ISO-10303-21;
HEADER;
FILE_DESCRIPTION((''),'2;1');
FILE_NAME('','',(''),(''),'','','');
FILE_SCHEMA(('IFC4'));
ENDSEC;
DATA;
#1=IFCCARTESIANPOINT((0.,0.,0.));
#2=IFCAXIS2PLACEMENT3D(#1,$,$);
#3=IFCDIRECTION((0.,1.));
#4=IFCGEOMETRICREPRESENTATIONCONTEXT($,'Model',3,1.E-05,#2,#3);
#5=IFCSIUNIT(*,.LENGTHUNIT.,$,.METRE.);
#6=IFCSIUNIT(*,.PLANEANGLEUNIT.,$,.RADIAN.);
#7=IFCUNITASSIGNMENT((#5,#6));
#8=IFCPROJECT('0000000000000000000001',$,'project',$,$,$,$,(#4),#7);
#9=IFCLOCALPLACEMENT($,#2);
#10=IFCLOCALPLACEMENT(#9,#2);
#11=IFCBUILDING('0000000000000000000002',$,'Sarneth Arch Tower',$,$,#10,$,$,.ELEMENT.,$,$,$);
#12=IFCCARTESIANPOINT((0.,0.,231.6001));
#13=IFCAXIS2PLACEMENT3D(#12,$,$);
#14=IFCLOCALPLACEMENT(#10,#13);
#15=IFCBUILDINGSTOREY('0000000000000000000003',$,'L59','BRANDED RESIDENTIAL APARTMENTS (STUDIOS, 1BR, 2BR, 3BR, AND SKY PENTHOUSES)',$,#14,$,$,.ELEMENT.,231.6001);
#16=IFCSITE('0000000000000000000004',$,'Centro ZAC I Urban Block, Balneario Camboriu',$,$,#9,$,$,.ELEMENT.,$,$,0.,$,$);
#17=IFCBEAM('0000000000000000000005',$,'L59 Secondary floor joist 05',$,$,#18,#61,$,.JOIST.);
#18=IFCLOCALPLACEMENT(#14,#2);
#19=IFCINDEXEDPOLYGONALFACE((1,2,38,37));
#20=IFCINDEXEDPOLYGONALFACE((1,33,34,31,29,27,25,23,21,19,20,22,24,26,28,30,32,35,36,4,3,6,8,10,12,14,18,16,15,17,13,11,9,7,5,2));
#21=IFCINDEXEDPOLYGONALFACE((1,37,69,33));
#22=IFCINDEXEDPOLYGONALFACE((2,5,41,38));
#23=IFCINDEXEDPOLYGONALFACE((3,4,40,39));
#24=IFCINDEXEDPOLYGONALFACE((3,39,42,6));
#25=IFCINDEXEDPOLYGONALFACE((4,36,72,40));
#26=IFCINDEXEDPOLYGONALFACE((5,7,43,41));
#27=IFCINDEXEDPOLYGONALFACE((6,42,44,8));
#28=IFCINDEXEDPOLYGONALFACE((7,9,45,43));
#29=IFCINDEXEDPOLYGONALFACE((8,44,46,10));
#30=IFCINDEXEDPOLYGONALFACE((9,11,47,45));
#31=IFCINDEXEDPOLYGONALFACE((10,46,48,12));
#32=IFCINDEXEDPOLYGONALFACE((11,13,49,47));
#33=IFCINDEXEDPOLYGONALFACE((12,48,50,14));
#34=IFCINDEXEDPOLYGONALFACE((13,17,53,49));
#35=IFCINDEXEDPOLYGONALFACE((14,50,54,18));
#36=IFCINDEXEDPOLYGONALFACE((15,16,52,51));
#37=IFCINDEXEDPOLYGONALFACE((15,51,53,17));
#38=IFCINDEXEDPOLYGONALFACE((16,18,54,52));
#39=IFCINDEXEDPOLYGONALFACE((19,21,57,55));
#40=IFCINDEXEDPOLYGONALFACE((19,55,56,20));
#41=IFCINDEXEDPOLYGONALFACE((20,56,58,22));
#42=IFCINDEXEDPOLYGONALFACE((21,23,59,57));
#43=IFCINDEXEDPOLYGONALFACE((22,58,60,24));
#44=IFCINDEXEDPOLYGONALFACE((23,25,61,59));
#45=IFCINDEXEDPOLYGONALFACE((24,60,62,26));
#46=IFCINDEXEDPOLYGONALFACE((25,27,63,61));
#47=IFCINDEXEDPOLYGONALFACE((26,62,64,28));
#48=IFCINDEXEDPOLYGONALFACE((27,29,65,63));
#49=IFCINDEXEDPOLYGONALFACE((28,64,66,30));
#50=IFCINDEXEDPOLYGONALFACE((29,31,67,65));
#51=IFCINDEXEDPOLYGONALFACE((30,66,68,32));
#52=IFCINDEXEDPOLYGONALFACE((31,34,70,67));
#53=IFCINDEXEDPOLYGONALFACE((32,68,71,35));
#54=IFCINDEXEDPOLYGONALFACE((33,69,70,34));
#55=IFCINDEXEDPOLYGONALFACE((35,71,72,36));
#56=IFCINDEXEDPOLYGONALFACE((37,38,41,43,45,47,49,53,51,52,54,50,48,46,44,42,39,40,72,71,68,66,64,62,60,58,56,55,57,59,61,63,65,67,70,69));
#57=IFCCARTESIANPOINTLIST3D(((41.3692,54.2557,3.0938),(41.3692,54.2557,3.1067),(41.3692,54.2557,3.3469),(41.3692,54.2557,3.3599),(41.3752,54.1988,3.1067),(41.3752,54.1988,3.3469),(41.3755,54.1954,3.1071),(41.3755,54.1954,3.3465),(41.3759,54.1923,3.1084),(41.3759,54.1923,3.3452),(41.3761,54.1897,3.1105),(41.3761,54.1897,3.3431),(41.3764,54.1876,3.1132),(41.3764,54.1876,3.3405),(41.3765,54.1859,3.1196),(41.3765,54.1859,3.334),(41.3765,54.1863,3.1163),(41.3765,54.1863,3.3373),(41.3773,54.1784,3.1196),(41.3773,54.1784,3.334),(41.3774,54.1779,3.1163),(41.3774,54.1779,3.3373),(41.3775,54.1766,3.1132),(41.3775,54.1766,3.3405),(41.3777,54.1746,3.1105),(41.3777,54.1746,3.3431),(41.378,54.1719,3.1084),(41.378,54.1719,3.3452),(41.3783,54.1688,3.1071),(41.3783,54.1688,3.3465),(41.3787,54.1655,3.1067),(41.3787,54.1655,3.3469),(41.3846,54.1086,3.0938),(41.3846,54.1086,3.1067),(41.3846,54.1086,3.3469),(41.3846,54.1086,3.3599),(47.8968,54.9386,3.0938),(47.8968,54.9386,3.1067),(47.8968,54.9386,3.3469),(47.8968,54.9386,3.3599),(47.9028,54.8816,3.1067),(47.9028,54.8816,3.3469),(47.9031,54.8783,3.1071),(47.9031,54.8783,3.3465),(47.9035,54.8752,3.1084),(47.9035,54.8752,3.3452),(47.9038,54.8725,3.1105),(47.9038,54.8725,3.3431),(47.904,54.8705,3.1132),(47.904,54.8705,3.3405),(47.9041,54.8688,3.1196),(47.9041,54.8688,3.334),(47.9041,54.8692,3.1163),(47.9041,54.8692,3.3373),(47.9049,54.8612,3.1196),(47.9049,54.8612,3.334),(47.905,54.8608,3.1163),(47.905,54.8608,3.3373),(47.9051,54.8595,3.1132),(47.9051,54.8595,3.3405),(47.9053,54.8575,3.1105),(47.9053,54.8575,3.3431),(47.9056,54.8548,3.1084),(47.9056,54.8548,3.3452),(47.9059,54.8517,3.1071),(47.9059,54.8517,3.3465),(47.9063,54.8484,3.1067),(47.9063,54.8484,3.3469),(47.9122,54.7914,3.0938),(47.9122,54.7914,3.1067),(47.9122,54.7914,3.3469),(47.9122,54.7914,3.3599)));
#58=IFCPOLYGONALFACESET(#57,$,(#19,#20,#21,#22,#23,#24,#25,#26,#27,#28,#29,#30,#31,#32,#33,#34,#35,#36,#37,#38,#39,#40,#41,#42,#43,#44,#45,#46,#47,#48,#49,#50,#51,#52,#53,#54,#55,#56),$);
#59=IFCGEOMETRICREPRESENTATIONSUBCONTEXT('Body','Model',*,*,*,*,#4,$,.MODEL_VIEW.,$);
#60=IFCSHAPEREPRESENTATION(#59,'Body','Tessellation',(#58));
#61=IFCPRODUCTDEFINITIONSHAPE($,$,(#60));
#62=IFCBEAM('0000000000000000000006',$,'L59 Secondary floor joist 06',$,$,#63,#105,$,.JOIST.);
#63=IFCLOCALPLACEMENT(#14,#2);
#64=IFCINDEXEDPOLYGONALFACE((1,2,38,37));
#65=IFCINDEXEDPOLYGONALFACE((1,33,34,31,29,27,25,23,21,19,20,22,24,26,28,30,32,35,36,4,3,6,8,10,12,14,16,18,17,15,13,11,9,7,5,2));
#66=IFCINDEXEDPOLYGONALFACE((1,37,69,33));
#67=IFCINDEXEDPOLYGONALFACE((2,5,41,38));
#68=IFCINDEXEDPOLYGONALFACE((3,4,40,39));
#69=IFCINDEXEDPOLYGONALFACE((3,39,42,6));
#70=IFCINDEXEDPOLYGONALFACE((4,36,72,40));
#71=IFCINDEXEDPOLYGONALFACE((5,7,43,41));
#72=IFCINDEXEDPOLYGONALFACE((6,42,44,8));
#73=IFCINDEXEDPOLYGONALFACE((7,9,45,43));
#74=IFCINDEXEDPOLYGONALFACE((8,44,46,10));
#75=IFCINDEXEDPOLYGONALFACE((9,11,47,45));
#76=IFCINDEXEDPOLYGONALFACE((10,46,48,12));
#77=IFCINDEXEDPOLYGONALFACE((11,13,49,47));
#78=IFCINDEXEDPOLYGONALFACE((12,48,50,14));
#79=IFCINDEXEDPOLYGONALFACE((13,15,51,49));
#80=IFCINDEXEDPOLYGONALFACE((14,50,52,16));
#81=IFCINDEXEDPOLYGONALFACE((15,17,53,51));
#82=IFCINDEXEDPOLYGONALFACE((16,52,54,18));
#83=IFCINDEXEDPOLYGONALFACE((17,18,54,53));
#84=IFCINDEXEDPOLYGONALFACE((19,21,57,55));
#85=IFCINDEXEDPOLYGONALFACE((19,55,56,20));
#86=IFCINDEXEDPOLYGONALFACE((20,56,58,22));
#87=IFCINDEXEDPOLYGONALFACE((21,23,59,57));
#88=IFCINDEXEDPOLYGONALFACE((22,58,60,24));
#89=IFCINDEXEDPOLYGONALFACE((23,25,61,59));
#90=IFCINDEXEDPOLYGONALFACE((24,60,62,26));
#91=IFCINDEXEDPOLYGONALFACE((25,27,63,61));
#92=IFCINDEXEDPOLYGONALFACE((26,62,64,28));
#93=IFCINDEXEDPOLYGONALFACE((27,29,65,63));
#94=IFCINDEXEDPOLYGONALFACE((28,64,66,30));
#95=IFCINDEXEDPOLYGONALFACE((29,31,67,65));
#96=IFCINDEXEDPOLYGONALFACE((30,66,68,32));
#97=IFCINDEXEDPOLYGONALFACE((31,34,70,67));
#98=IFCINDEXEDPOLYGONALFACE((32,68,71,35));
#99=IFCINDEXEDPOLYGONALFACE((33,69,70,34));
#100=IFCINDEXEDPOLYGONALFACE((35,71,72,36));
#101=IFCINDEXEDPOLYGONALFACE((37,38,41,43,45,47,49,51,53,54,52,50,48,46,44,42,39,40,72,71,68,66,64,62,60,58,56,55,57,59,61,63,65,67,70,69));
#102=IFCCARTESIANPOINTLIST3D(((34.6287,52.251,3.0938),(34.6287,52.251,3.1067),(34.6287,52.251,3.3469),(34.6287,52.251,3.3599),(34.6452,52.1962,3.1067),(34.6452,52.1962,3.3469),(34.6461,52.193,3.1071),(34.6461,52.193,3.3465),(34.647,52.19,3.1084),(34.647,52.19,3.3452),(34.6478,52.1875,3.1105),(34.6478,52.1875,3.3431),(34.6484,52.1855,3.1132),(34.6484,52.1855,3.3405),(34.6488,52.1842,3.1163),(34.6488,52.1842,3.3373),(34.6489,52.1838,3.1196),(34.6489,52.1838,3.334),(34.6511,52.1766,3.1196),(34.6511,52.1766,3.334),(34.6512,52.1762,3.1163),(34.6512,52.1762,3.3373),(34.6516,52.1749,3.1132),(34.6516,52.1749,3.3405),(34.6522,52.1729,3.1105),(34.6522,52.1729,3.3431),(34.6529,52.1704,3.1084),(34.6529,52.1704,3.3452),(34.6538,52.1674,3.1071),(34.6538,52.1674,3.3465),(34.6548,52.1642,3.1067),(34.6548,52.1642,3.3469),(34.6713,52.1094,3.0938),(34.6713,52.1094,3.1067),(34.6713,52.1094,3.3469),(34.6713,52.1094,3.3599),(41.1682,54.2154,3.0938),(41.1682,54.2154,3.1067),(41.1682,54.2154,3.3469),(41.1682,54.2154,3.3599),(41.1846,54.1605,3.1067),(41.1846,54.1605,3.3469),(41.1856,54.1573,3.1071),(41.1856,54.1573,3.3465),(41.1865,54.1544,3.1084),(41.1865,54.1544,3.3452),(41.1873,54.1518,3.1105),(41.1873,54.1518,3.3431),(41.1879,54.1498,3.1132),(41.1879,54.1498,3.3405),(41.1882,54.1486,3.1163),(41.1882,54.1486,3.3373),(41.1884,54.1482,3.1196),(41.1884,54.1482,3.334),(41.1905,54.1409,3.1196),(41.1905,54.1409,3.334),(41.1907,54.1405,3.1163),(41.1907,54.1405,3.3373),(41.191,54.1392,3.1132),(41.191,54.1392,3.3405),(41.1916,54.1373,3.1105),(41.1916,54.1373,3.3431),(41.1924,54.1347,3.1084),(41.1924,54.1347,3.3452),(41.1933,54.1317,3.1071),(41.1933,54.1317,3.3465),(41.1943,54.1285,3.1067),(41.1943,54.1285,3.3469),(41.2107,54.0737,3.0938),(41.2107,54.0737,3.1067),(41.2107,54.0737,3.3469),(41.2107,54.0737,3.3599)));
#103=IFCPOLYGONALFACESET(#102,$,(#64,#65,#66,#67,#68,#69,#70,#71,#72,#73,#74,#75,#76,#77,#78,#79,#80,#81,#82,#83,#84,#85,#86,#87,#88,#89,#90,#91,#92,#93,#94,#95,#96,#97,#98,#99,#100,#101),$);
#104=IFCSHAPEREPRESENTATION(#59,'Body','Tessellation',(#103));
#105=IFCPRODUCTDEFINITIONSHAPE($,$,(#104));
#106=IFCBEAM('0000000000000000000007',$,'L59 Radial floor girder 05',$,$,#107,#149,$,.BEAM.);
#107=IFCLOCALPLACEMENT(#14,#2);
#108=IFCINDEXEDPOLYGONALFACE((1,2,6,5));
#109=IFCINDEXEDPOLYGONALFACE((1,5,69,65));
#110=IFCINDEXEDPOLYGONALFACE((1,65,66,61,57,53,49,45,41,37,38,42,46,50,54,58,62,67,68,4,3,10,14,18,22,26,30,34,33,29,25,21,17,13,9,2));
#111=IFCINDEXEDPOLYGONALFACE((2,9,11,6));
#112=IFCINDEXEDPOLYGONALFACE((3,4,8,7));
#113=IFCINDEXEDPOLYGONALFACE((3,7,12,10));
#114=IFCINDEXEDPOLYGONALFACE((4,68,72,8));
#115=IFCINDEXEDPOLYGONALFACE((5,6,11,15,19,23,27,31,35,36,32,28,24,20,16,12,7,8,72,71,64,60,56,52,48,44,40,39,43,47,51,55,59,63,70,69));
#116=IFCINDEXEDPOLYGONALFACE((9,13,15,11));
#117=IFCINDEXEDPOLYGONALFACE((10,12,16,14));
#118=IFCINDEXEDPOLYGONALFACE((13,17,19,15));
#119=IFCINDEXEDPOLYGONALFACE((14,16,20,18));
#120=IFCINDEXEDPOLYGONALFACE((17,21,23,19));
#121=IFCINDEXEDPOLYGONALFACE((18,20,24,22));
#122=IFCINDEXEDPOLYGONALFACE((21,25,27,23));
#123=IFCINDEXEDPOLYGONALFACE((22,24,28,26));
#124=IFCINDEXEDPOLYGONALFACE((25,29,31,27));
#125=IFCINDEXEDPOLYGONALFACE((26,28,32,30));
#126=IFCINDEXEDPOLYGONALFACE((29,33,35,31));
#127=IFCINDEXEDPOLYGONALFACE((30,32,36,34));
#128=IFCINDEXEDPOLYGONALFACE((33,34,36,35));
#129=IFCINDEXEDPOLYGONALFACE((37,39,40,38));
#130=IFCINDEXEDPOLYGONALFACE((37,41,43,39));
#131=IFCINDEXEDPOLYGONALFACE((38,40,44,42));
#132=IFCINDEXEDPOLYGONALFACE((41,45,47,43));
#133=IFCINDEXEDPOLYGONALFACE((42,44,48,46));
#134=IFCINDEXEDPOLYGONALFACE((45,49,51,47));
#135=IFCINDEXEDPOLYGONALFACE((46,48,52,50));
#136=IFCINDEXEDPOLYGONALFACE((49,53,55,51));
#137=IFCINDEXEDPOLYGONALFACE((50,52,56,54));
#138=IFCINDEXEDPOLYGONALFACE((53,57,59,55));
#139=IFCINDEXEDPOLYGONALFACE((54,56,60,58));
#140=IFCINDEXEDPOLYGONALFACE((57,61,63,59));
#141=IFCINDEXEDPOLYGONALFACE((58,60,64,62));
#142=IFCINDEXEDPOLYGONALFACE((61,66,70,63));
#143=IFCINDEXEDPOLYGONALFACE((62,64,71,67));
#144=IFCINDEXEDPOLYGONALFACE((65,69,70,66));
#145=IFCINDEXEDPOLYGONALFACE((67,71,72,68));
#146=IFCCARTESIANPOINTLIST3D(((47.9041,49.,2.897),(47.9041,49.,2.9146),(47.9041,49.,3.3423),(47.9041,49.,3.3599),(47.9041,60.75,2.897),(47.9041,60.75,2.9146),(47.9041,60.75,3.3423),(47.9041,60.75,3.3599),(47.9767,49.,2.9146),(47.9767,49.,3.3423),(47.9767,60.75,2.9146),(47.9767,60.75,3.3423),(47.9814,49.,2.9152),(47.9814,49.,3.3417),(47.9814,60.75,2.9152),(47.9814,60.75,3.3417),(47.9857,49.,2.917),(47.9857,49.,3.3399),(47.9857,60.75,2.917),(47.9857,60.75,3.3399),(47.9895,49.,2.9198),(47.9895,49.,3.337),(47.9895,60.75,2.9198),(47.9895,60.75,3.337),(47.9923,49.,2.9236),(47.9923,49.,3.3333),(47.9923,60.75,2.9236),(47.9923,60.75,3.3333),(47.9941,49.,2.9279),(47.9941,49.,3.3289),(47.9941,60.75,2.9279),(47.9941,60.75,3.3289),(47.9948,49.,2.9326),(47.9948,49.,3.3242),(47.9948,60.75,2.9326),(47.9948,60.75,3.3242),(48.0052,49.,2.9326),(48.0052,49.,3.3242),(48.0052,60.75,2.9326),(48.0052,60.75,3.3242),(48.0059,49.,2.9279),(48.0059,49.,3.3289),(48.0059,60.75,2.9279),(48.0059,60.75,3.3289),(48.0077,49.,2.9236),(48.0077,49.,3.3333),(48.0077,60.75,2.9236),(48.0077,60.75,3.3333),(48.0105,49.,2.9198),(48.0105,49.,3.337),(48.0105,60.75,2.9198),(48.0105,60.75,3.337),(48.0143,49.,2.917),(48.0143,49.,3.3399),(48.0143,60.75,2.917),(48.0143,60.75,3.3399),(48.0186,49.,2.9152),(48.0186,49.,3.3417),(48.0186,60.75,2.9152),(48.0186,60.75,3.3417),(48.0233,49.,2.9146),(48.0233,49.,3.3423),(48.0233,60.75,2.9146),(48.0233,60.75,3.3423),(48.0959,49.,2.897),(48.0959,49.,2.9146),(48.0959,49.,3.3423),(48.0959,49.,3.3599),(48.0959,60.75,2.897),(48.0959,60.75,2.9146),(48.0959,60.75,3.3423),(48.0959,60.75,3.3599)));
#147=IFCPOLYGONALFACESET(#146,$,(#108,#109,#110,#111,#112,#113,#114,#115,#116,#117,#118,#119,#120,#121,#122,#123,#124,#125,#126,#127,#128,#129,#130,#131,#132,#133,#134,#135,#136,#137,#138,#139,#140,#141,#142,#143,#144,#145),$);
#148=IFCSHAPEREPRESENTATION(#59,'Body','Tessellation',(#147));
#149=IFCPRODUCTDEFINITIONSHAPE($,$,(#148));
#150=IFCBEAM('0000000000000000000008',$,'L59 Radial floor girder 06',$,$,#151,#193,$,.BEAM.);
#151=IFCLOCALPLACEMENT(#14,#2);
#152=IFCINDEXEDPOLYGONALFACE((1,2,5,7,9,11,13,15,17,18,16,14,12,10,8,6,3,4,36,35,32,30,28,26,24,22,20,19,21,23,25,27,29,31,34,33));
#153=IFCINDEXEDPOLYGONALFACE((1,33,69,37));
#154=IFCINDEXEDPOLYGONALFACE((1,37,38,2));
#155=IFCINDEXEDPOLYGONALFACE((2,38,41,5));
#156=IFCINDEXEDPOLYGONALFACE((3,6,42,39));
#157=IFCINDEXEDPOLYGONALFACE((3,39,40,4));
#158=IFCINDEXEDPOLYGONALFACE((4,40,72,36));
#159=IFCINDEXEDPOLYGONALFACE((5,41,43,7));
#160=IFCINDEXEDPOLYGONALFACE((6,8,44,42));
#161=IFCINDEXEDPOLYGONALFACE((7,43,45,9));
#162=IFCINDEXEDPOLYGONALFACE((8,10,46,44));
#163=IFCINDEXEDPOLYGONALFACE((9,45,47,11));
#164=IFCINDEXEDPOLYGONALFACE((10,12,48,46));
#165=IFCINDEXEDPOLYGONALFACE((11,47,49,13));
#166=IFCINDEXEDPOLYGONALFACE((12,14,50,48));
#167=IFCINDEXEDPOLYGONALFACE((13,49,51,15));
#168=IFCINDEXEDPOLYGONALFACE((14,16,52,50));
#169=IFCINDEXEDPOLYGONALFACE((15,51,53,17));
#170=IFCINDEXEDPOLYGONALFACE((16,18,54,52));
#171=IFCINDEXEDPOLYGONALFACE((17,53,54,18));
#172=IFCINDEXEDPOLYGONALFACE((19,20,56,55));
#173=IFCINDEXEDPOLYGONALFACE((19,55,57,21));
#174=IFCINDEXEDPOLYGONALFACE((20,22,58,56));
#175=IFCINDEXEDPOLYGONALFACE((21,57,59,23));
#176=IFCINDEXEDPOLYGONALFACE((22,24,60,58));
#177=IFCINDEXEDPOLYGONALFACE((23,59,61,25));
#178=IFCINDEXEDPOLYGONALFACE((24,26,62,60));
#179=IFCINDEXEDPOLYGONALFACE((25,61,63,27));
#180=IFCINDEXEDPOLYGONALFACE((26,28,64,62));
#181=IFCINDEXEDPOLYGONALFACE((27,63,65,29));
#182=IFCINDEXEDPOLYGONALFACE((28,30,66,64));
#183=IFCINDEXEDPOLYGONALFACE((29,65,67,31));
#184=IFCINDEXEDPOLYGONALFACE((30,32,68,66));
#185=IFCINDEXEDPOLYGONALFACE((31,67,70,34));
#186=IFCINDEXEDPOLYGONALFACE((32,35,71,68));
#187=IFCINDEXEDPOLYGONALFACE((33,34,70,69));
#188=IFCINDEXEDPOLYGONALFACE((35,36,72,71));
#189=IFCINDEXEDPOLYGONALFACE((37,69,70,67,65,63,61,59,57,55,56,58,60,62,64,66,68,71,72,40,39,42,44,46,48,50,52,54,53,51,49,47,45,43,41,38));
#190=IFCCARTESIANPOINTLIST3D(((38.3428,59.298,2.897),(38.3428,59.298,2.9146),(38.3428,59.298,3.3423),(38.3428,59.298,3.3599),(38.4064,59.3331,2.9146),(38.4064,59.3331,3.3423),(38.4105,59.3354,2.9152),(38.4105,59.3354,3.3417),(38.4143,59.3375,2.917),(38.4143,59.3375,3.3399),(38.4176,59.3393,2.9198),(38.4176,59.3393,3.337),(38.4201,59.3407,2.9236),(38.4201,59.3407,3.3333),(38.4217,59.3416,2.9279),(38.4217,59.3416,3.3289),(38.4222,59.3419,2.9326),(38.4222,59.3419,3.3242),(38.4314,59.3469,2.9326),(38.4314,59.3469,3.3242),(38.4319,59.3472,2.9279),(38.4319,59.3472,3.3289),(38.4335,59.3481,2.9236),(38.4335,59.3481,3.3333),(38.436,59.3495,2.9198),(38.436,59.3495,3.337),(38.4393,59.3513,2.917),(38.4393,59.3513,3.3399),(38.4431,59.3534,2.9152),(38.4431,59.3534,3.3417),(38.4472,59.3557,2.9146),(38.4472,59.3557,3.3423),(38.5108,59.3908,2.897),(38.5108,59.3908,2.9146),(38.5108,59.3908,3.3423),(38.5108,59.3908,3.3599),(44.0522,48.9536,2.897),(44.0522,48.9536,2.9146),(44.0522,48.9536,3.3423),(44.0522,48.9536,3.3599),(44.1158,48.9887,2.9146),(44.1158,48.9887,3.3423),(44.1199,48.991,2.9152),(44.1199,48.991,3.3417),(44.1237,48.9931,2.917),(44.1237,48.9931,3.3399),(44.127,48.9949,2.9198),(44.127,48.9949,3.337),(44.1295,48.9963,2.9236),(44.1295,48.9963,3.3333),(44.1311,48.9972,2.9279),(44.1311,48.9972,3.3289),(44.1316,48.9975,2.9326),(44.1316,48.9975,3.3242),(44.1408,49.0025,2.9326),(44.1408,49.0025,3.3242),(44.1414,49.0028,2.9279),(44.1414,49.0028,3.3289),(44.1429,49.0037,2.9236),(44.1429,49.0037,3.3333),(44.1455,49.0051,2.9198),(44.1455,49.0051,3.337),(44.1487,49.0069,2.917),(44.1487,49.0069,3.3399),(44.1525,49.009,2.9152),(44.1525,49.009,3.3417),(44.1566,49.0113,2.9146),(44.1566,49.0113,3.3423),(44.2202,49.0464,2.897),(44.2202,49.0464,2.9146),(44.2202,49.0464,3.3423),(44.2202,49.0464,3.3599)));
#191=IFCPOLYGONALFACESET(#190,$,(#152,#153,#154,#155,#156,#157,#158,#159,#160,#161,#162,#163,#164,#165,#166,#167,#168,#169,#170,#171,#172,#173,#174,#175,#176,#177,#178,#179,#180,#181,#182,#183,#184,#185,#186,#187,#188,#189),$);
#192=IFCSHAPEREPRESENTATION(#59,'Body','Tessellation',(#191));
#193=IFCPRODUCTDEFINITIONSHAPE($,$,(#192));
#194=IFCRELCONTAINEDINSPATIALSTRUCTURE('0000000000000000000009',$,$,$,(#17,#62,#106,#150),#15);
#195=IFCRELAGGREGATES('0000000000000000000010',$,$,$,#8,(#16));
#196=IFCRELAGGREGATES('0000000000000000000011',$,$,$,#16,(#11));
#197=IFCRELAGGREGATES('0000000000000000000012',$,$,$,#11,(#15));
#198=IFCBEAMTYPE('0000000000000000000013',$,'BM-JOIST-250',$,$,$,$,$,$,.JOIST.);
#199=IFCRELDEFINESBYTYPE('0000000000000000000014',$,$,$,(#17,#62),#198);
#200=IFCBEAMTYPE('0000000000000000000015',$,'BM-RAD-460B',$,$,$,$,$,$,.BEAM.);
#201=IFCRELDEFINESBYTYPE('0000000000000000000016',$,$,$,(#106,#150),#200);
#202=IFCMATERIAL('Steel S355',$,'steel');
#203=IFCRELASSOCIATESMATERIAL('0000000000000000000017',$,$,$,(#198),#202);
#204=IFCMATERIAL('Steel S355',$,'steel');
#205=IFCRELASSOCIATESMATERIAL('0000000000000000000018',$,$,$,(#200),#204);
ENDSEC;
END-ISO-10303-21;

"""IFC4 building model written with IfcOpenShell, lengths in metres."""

from ifc_helpers import new_model, si_unit, direction, frame, origin, origin_2d, place, context, subcontext, project, spatial, i_section, extrude, material, material_profile, profile_set, type_object, element, save


model = new_model("IFC4")

# Units and contexts
model_context = context("Model", 3, precision=1e-05, world=origin(), true_north=direction((0.0, 1.0)))
body_context = subcontext(model_context, "Body", "Model", "MODEL_VIEW")
ifc_project = project(units=[si_unit("LENGTHUNIT", "METRE"), si_unit("PLANEANGLEUNIT", "RADIAN")], contexts=[model_context])

# Site, building, storey
site_placement = place(None, origin())
site = spatial("IfcSite", under=ifc_project, at=site_placement, Name="Centro ZAC I Urban Block, Balneario Camboriu", CompositionType="ELEMENT", RefElevation=0.0)
building_placement = place(site_placement, origin())
building = spatial("IfcBuilding", under=site, at=building_placement, Name="Sarneth Arch Tower", CompositionType="ELEMENT")
storey_placement = place(building_placement, frame((0.0, 0.0, 231.6001)))
storey = spatial("IfcBuildingStorey", under=building, at=storey_placement, Name="L59", Description="BRANDED RESIDENTIAL APARTMENTS (STUDIOS, 1BR, 2BR, 3BR, AND SKY PENTHOUSES)", CompositionType="ELEMENT", Elevation=231.6001)

# Beams
ifc_material_1 = material(Name="Steel S355", Category="steel")
ifc_material_profile_1 = material_profile(ifc_material_1, i_section(OverallWidth=0.1479, OverallDepth=0.2661, WebThickness=0.0076, FlangeThickness=0.0129, FilletRadius=0.0129, at=origin_2d()), Name="W250x44.8")
ifc_profile_set_1 = profile_set([ifc_material_profile_1], Name="Steel S355")
beam_type_1 = type_object("IfcBeamType", Name="BM-JOIST-250", PredefinedType="JOIST", material=ifc_profile_set_1)
beam_1_placement = place(storey_placement, frame((47.9045, 54.865, 3.2268), z_axis=(-0.994573, -0.104044, 0.0), x_axis=(0.104044, -0.994573, 0.0)))
element("IfcBeam", 1, at=beam_1_placement, inside=storey, type_object=beam_type_1, Name="L59 Secondary floor joist 05", PredefinedType="JOIST", context=body_context, shape_type="SweptSolid", body=[
    extrude(i_section(OverallWidth=0.1479, OverallDepth=0.2661, WebThickness=0.0076, FlangeThickness=0.0129, FilletRadius=0.0129, at=origin_2d()), origin(), (0.0, 0.0, 1.0), 6.5632),
])
beam_2_placement = place(storey_placement, frame((41.1895, 54.1445, 3.2268), z_axis=(-0.957726, -0.287682, 0.0), x_axis=(0.287682, -0.957726, 0.0)))
element("IfcBeam", 2, at=beam_2_placement, inside=storey, type_object=beam_type_1, Name="L59 Secondary floor joist 06", PredefinedType="JOIST", context=body_context, shape_type="SweptSolid", body=[
    extrude(i_section(OverallWidth=0.1479, OverallDepth=0.2661, WebThickness=0.0076, FlangeThickness=0.0129, FilletRadius=0.0129, at=origin_2d()), origin(), (0.0, 0.0, 1.0), 6.8281),
])
ifc_material_2 = material(Name="Steel S355", Category="steel")
ifc_material_profile_2 = material_profile(ifc_material_2, i_section(OverallWidth=0.1919, OverallDepth=0.4629, WebThickness=0.0105, FlangeThickness=0.0176, FilletRadius=0.0181, at=origin_2d()), Name="W460x89")
ifc_profile_set_2 = profile_set([ifc_material_profile_2], Name="Steel S355")
beam_type_2 = type_object("IfcBeamType", Name="BM-RAD-460B", PredefinedType="BEAM", material=ifc_profile_set_2)
beam_3_placement = place(storey_placement, frame((48.0, 49.0, 3.1284), z_axis=(0.0, 1.0, 0.0), x_axis=(-1.0, 0.0, 0.0)))
element("IfcBeam", 3, at=beam_3_placement, inside=storey, type_object=beam_type_2, Name="L59 Radial floor girder 05", PredefinedType="BEAM", context=body_context, shape_type="SweptSolid", body=[
    extrude(i_section(OverallWidth=0.1919, OverallDepth=0.4629, WebThickness=0.0105, FlangeThickness=0.0176, FilletRadius=0.0181, at=origin_2d()), origin(), (0.0, 0.0, 1.0), 11.75),
])
beam_4_placement = place(storey_placement, frame((44.1362, 49.0, 3.1284), z_axis=(-0.483218, 0.8755, 0.0), x_axis=(-0.8755, -0.483218, 0.0)))
element("IfcBeam", 4, at=beam_4_placement, inside=storey, type_object=beam_type_2, Name="L59 Radial floor girder 06", PredefinedType="BEAM", context=body_context, shape_type="SweptSolid", body=[
    extrude(i_section(OverallWidth=0.1919, OverallDepth=0.4629, WebThickness=0.0105, FlangeThickness=0.0176, FilletRadius=0.0181, at=origin_2d()), origin(), (0.0, 0.0, 1.0), 11.8154),
])

save(model, "model.ifc")
